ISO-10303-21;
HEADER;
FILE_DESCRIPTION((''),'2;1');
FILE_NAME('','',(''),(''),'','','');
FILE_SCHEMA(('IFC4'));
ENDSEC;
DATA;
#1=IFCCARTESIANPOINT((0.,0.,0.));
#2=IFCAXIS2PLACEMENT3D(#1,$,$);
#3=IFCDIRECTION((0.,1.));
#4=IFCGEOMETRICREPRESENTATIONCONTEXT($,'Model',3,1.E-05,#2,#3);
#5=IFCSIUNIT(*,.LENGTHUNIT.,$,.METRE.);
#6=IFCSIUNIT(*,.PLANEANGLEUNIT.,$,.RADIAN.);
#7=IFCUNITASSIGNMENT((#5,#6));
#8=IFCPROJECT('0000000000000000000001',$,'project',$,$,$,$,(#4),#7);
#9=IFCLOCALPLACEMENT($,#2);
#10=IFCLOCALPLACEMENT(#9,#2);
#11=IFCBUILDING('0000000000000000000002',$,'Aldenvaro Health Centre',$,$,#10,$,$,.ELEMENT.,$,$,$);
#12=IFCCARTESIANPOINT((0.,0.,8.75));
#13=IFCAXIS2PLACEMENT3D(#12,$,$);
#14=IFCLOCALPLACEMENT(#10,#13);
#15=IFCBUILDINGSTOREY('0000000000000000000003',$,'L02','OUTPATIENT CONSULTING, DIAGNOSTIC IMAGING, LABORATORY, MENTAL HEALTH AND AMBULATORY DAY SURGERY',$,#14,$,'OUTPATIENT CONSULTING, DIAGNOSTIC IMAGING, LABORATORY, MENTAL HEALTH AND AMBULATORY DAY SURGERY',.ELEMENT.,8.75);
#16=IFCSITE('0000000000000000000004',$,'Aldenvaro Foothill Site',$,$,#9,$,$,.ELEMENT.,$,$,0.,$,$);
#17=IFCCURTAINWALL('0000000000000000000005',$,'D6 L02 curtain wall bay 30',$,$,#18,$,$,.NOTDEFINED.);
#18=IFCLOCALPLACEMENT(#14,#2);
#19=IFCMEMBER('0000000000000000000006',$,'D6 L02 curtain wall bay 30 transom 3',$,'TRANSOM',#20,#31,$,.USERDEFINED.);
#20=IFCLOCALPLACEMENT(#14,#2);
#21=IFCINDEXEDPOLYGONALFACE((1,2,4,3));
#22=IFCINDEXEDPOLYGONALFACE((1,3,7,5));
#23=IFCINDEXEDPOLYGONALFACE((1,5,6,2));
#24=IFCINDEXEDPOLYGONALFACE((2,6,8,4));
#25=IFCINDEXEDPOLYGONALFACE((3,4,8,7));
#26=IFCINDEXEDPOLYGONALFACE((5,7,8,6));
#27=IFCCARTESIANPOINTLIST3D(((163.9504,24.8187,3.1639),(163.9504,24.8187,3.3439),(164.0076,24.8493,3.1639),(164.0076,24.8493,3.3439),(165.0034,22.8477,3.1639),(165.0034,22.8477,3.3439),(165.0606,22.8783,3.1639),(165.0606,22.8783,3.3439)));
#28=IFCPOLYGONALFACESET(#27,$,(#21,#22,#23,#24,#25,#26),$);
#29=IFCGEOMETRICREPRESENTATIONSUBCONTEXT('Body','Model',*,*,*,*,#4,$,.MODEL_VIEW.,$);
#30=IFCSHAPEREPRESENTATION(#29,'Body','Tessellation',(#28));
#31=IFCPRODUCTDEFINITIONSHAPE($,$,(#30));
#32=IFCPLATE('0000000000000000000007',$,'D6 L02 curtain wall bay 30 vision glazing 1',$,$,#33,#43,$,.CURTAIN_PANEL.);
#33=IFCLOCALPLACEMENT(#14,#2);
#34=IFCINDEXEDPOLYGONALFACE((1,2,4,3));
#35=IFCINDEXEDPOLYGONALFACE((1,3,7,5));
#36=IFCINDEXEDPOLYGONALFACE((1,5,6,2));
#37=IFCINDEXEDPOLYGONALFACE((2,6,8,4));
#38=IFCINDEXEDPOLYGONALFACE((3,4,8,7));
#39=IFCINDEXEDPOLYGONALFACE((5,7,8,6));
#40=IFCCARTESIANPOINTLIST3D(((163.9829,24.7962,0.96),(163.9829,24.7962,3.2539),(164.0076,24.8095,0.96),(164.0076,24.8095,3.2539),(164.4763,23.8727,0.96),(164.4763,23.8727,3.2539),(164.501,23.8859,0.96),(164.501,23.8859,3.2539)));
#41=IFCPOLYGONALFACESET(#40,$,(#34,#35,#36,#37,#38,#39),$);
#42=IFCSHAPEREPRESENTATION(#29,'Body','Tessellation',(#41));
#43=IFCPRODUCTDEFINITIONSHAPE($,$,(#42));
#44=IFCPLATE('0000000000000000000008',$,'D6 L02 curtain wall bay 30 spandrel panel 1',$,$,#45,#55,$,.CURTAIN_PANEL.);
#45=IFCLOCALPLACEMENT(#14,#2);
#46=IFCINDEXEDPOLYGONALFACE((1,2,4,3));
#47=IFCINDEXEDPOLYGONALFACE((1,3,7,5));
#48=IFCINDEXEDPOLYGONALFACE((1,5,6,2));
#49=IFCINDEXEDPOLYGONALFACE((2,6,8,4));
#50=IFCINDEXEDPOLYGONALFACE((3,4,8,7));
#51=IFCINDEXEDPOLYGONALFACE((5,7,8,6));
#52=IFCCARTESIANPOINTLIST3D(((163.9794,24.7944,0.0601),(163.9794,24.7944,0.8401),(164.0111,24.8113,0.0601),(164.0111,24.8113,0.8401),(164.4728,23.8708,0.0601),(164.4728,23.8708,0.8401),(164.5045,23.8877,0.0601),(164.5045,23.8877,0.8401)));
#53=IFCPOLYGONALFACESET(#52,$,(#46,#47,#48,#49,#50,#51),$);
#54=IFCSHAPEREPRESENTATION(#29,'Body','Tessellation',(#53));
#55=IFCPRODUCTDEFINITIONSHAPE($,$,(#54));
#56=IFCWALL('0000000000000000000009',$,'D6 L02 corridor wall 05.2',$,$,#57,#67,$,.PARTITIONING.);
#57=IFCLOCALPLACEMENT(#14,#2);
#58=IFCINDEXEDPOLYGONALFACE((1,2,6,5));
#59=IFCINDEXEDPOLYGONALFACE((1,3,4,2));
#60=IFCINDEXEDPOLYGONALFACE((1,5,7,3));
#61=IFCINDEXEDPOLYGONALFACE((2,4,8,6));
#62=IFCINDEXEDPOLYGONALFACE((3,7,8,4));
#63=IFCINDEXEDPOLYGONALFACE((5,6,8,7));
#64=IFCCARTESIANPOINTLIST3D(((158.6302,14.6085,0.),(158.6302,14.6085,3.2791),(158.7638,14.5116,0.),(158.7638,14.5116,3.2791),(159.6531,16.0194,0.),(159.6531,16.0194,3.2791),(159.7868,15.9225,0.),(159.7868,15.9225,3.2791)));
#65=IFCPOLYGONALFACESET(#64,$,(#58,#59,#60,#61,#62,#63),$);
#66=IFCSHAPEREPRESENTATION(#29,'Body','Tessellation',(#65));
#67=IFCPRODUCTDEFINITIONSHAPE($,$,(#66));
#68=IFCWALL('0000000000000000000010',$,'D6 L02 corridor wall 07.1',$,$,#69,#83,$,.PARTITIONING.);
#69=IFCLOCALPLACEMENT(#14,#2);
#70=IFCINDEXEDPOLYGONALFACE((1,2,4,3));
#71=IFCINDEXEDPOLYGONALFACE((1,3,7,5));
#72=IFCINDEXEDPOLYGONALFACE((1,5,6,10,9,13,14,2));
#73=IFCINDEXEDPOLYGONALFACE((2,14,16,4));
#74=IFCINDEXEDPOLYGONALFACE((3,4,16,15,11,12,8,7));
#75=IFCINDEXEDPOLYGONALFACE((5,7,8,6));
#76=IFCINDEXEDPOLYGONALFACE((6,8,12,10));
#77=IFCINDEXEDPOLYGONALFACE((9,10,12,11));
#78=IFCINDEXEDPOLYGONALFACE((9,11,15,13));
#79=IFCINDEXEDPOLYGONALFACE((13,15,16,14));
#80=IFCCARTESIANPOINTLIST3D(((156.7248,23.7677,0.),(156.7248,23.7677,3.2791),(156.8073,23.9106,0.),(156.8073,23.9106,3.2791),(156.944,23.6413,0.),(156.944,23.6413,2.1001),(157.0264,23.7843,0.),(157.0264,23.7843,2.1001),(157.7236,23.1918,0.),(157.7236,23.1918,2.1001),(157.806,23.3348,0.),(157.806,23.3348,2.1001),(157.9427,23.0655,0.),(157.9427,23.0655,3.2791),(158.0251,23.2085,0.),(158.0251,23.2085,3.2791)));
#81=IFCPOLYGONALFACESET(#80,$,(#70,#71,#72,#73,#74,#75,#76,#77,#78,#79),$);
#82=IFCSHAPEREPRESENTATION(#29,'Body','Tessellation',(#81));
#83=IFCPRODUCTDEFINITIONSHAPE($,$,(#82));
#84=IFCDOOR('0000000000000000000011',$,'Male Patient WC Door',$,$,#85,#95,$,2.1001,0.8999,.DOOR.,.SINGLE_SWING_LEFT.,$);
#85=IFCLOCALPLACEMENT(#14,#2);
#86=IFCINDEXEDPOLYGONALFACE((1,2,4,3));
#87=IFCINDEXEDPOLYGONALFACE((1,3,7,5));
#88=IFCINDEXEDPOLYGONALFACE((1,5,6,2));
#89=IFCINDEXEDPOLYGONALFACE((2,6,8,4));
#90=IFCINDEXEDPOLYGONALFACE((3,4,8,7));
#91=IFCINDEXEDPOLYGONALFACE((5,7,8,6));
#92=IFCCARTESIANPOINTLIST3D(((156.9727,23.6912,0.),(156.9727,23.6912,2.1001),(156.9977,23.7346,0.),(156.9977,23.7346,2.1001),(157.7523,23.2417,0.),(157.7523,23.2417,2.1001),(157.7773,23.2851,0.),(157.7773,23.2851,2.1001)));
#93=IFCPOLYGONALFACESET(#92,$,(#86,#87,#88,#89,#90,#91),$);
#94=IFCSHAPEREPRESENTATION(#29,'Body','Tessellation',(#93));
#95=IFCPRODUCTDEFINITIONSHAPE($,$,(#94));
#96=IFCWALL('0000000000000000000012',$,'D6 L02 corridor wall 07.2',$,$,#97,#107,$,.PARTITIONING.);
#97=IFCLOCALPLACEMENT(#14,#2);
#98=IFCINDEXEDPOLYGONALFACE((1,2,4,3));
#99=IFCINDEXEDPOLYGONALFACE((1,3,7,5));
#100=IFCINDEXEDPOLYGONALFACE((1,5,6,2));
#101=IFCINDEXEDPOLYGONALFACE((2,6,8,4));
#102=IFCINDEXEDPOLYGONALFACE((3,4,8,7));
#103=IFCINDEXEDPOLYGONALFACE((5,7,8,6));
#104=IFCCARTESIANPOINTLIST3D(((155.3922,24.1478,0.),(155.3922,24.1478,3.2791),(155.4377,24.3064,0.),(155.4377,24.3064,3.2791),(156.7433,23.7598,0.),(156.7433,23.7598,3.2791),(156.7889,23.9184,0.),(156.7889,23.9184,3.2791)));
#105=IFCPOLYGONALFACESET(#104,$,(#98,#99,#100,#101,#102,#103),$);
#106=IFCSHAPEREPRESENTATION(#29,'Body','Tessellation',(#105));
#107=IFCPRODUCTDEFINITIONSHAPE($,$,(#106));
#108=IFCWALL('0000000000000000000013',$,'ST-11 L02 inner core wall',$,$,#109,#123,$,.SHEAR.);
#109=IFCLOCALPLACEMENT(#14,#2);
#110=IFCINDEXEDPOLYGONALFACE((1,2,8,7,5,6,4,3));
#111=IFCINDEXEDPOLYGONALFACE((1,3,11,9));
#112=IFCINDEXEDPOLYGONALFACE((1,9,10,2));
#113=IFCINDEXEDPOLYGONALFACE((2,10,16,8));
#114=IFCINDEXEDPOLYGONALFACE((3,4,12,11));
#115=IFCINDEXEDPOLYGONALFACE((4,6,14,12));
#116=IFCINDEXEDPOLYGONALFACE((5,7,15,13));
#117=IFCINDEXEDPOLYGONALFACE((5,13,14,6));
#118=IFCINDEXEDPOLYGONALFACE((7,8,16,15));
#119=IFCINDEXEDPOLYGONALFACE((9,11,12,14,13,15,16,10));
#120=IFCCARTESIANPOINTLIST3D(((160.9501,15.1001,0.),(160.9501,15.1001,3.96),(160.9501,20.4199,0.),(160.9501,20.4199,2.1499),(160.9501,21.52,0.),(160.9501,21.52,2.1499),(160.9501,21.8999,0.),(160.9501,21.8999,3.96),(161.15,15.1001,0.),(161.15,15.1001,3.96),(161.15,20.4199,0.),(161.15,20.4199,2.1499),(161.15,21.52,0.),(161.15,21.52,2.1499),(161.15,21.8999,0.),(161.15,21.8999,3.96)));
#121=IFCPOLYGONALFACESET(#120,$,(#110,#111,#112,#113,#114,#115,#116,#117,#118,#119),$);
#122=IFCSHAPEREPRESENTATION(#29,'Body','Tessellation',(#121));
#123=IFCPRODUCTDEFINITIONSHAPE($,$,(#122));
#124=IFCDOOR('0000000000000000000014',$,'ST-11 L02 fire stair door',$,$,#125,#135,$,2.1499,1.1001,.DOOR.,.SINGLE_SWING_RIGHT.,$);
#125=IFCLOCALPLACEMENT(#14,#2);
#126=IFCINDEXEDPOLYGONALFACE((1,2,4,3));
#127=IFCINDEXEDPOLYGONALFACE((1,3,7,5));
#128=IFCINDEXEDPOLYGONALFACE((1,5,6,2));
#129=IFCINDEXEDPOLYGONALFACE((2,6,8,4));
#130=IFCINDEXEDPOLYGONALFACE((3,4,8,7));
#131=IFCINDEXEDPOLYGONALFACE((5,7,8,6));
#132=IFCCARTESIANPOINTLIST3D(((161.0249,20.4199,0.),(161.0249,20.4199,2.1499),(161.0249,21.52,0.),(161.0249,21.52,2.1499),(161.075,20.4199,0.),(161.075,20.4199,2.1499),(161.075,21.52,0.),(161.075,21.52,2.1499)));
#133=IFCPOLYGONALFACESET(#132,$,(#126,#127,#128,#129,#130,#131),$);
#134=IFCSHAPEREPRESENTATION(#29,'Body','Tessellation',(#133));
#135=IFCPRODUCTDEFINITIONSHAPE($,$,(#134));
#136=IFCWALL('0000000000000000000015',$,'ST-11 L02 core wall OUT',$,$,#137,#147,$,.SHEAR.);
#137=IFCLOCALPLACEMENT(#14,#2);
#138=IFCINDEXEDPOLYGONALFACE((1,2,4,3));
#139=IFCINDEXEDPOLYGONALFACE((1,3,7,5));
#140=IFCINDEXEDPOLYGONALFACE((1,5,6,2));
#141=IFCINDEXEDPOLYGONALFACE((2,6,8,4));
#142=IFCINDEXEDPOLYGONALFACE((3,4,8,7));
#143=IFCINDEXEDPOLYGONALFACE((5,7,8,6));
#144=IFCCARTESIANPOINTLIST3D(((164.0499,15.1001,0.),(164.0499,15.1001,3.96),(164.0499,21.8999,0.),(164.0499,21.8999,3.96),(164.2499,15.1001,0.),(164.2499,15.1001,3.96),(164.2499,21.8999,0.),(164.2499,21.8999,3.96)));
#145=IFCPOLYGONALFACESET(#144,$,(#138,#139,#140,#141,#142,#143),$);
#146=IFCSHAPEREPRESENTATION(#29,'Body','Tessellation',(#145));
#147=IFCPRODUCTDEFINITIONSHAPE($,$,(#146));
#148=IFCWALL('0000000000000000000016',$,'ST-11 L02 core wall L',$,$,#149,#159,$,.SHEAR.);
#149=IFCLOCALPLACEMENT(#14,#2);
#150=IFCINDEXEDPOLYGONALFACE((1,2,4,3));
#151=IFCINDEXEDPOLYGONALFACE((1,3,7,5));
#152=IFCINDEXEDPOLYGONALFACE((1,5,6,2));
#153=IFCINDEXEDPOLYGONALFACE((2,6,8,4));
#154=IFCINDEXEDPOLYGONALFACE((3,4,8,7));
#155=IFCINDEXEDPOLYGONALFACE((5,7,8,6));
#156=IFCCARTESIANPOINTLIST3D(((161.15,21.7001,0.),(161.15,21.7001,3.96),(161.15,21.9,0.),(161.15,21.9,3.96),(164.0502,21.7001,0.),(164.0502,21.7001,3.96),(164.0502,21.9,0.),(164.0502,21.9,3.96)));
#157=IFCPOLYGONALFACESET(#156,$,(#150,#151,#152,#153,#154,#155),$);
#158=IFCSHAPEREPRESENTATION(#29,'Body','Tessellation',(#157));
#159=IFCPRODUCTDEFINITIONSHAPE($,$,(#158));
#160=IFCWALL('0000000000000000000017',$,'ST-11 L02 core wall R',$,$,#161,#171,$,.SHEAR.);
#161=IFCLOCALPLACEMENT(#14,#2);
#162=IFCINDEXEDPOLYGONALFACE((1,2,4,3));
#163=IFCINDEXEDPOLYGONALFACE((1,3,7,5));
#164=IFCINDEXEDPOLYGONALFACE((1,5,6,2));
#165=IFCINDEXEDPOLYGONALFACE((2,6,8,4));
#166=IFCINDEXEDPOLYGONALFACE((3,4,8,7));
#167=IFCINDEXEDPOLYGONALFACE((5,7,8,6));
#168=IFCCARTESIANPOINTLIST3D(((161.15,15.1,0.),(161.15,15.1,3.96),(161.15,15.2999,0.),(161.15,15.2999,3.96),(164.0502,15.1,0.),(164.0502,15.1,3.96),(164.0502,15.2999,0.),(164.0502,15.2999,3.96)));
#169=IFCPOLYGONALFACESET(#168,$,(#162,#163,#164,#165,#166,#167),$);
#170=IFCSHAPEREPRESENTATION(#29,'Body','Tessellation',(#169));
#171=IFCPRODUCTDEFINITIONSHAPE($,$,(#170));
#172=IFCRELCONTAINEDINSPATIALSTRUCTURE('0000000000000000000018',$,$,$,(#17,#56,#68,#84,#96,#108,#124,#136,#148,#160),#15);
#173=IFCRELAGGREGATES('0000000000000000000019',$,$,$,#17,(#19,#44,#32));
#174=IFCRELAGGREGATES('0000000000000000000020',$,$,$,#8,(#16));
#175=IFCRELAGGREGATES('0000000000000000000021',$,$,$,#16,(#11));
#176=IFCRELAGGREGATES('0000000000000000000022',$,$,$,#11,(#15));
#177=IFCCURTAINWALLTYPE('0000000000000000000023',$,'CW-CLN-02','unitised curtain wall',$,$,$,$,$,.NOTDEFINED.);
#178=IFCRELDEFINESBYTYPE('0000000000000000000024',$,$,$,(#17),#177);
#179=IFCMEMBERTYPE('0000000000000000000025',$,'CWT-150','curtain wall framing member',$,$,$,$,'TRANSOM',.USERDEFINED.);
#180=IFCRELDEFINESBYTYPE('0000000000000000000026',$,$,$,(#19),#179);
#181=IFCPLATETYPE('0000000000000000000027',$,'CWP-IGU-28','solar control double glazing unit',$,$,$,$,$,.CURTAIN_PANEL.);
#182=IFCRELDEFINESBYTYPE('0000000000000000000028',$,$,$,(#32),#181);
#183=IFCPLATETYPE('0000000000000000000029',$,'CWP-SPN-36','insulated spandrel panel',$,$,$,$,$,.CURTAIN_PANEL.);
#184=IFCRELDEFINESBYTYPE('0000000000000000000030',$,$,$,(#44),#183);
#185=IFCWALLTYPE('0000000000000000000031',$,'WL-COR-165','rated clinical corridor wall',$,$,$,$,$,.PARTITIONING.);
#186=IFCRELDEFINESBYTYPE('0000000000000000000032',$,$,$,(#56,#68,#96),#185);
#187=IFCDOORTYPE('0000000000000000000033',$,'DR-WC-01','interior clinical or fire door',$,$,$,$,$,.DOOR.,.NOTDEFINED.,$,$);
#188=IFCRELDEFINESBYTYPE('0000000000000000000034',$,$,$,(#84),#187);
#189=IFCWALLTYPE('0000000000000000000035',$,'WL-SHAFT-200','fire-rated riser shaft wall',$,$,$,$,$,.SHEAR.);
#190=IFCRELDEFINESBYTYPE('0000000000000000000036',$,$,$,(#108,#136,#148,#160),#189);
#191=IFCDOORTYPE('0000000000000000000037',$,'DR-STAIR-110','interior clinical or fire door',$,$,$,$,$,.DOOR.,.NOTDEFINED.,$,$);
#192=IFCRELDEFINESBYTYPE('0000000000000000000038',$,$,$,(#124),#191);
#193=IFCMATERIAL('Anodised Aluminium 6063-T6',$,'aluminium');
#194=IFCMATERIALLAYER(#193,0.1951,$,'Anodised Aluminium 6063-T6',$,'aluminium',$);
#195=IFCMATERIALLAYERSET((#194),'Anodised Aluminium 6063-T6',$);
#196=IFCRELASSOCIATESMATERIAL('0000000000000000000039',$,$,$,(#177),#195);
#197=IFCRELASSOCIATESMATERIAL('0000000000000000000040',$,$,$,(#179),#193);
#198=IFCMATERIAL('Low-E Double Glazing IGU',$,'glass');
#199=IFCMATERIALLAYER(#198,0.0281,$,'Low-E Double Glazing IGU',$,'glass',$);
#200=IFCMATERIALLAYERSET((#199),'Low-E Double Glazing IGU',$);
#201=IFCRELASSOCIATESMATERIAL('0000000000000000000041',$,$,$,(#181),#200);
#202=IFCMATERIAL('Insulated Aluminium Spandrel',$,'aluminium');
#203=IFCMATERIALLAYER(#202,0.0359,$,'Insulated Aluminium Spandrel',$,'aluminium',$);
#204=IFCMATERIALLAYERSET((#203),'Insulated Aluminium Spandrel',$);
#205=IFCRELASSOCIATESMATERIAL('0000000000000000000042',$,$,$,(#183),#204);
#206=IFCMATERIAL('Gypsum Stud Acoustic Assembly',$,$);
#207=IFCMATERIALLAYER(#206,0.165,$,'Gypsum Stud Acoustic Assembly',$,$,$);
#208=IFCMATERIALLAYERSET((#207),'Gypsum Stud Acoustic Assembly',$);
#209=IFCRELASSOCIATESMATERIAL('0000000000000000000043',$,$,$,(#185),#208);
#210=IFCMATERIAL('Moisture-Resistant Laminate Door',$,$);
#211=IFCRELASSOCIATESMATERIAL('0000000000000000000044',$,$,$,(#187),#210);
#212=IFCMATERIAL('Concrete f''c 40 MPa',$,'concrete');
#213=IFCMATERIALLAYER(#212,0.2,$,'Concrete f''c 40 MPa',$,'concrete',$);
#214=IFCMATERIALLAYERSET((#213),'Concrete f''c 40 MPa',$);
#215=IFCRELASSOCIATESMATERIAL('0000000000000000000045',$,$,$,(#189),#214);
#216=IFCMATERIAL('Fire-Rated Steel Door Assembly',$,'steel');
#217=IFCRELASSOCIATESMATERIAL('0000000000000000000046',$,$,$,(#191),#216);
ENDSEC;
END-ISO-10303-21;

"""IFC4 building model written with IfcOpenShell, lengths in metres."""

from ifc_helpers import new_model, si_unit, direction, frame, frame_2d, origin, origin_2d, place, context, subcontext, project, spatial, rectangle, extrude, material, layer, layer_set, material_profile, profile_set, type_object, element, fill, aggregate, save


model = new_model("IFC4")

# Units and contexts
model_context = context("Model", 3, precision=1e-05, world=origin(), true_north=direction((0.0, 1.0)))
body_context = subcontext(model_context, "Body", "Model", "MODEL_VIEW")
ifc_project = project(units=[si_unit("LENGTHUNIT", "METRE"), si_unit("PLANEANGLEUNIT", "RADIAN")], contexts=[model_context])

# Site, building, storey
site_placement = place(None, origin())
site = spatial("IfcSite", under=ifc_project, at=site_placement, Name="Aldenvaro Foothill Site", CompositionType="ELEMENT", RefElevation=0.0)
building_placement = place(site_placement, origin())
building = spatial("IfcBuilding", under=site, at=building_placement, Name="Aldenvaro Health Centre", CompositionType="ELEMENT")
storey_placement = place(building_placement, frame((0.0, 0.0, 8.75)))
storey = spatial("IfcBuildingStorey", under=building, at=storey_placement, Name="L02", Description="OUTPATIENT CONSULTING, DIAGNOSTIC IMAGING, LABORATORY, MENTAL HEALTH AND AMBULATORY DAY SURGERY", LongName="OUTPATIENT CONSULTING, DIAGNOSTIC IMAGING, LABORATORY, MENTAL HEALTH AND AMBULATORY DAY SURGERY", CompositionType="ELEMENT", Elevation=8.75)

# Curtain wall, member, plates
ifc_material_1 = material(Name="Anodised Aluminium 6063-T6", Category="aluminium")
ifc_layer_1 = layer(ifc_material_1, 0.1951, Name="Anodised Aluminium 6063-T6", Category="aluminium")
ifc_layer_set_1 = layer_set([ifc_layer_1], Name="Anodised Aluminium 6063-T6")
curtain_wall_type = type_object("IfcCurtainWallType", Name="CW-CLN-02", Description="unitised curtain wall", PredefinedType="NOTDEFINED", material=ifc_layer_set_1)
curtain_wall_placement = place(storey_placement, origin())
curtain_wall = element("IfcCurtainWall", 1, at=curtain_wall_placement, inside=storey, type_object=curtain_wall_type, Name="D6 L02 curtain wall bay 30", PredefinedType="NOTDEFINED")
ifc_material_profile_1 = material_profile(ifc_material_1, rectangle(XDim=0.0649, YDim=0.1799, at=origin_2d()), Name="ALU 65x180", Category="aluminium")
ifc_profile_set_1 = profile_set([ifc_material_profile_1], Name="Anodised Aluminium 6063-T6")
member_type_1 = type_object("IfcMemberType", Name="CWT-150", Description="curtain wall framing member", ElementType="TRANSOM", PredefinedType="USERDEFINED", material=ifc_profile_set_1)
member_1_placement = place(storey_placement, frame((163.979, 24.834, 3.2539), z_axis=(0.471218, -0.882017, 0.0), x_axis=(0.882017, 0.471218, 0.0)))
member_1 = element("IfcMember", 2, at=member_1_placement, type_object=member_type_1, Name="D6 L02 curtain wall bay 30 transom 3", ObjectType="TRANSOM", PredefinedType="USERDEFINED", context=body_context, shape_type="SweptSolid", body=[
    extrude(rectangle(XDim=0.0649, YDim=0.1799, at=origin_2d()), origin(), (0.0, 0.0, 1.0), 2.2346),
])
ifc_material_2 = material(Name="Low-E Double Glazing IGU", Category="glass")
ifc_layer_2 = layer(ifc_material_2, 0.0281, Name="Low-E Double Glazing IGU", Category="glass")
ifc_layer_set_2 = layer_set([ifc_layer_2], Name="Low-E Double Glazing IGU")
plate_type_1 = type_object("IfcPlateType", Name="CWP-IGU-28", Description="solar control double glazing unit", PredefinedType="CURTAIN_PANEL", material=ifc_layer_set_2)
plate_1_placement = place(storey_placement, frame((164.2419, 24.3411, 0.96), z_axis=(0.0, 0.0, 1.0), x_axis=(0.471215, -0.882018, 0.0)))
plate_1 = element("IfcPlate", 3, at=plate_1_placement, type_object=plate_type_1, Name="D6 L02 curtain wall bay 30 vision glazing 1", PredefinedType="CURTAIN_PANEL", context=body_context, shape_type="SweptSolid", body=[
    extrude(rectangle(XDim=1.0471, YDim=0.0281, at=origin_2d()), origin(), (0.0, 0.0, 1.0), 2.2939),
])
ifc_material_3 = material(Name="Insulated Aluminium Spandrel", Category="aluminium")
ifc_layer_3 = layer(ifc_material_3, 0.0359, Name="Insulated Aluminium Spandrel", Category="aluminium")
ifc_layer_set_3 = layer_set([ifc_layer_3], Name="Insulated Aluminium Spandrel")
plate_type_2 = type_object("IfcPlateType", Name="CWP-SPN-36", Description="insulated spandrel panel", PredefinedType="CURTAIN_PANEL", material=ifc_layer_set_3)
plate_2_placement = place(storey_placement, frame((164.2419, 24.3411, 0.0601), z_axis=(0.0, 0.0, 1.0), x_axis=(0.471215, -0.882018, 0.0)))
plate_2 = element("IfcPlate", 4, at=plate_2_placement, type_object=plate_type_2, Name="D6 L02 curtain wall bay 30 spandrel panel 1", PredefinedType="CURTAIN_PANEL", context=body_context, shape_type="SweptSolid", body=[
    extrude(rectangle(XDim=1.0471, YDim=0.0359, at=origin_2d()), origin(), (0.0, 0.0, 1.0), 0.78),
])
aggregate(curtain_wall, [member_1, plate_2, plate_1])

# Wall
ifc_material_4 = material(Name="Gypsum Stud Acoustic Assembly")
ifc_layer_4 = layer(ifc_material_4, 0.165, Name="Gypsum Stud Acoustic Assembly")
ifc_layer_set_4 = layer_set([ifc_layer_4], Name="Gypsum Stud Acoustic Assembly")
wall_type_1 = type_object("IfcWallType", Name="WL-COR-165", Description="rated clinical corridor wall", PredefinedType="PARTITIONING", material=ifc_layer_set_4)
wall_1_placement = place(storey_placement, frame((158.697, 14.5601, 0.0), z_axis=(0.0, 0.0, 1.0), x_axis=(0.586988, 0.809595, 0.0)))
element("IfcWall", 5, at=wall_1_placement, inside=storey, type_object=wall_type_1, Name="D6 L02 corridor wall 05.2", PredefinedType="PARTITIONING", context=body_context, shape_type="SweptSolid", body=[
    extrude(rectangle(XDim=1.7427, YDim=0.165, at=frame_2d((0.8713, 0.0))), origin(), (0.0, 0.0, 1.0), 3.2791),
])

# Wall, opening, door
wall_2_placement = place(storey_placement, frame((157.9839, 23.137, 0.0), z_axis=(0.0, 0.0, 1.0), x_axis=(-0.866313, 0.499502, 0.0)))
wall_2 = element("IfcWall", 6, at=wall_2_placement, inside=storey, type_object=wall_type_1, Name="D6 L02 corridor wall 07.1", PredefinedType="PARTITIONING", context=body_context, shape_type="SweptSolid", body=[
    extrude(rectangle(XDim=1.4058, YDim=0.165, at=frame_2d((0.7029, 0.0))), origin(), (0.0, 0.0, 1.0), 3.2791),
])
opening_1_placement = place(wall_2_placement, frame((0.2529, 0.0, 0.0)))
opening_1 = element("IfcOpeningElement", 7, at=opening_1_placement, cuts=wall_2, PredefinedType="OPENING", context=body_context, shape_type="SweptSolid", body=[
    extrude(rectangle(XDim=0.8999, YDim=2.1001, at=frame_2d((0.45, 1.05))), frame((0.0, 0.0925, 0.0), z_axis=(0.0, -1.0, 0.0), x_axis=(1.0, 0.0, 0.0)), (0.0, 0.0, 1.0), 0.1851),
])
ifc_material_5 = material(Name="Moisture-Resistant Laminate Door")
door_type_1 = type_object("IfcDoorType", Name="DR-WC-01", Description="interior clinical or fire door", OperationType="NOTDEFINED", PredefinedType="DOOR", material=ifc_material_5)
door_1_placement = place(opening_1_placement, origin())
door_1 = element("IfcDoor", 8, at=door_1_placement, inside=storey, type_object=door_type_1, Name="Male Patient WC Door", OperationType="SINGLE_SWING_LEFT", OverallHeight=2.1001, OverallWidth=0.8999, PredefinedType="DOOR", context=body_context, shape_type="SweptSolid", body=[
    extrude(rectangle(XDim=0.8999, YDim=2.1001, at=frame_2d((0.45, 1.05))), frame((0.0, 0.0249, 0.0), z_axis=(0.0, -1.0, 0.0), x_axis=(1.0, 0.0, 0.0)), (0.0, 0.0, 1.0), 0.05),
])
fill(opening_1, door_1)

# Wall
wall_3_placement = place(storey_placement, frame((156.7661, 23.8391, 0.0), z_axis=(0.0, 0.0, 1.0), x_axis=(-0.961163, 0.275983, 0.0)))
element("IfcWall", 9, at=wall_3_placement, inside=storey, type_object=wall_type_1, Name="D6 L02 corridor wall 07.2", PredefinedType="PARTITIONING", context=body_context, shape_type="SweptSolid", body=[
    extrude(rectangle(XDim=1.4058, YDim=0.165, at=frame_2d((0.7029, 0.0))), origin(), (0.0, 0.0, 1.0), 3.2791),
])

# Wall, opening, door
ifc_material_6 = material(Name="Concrete f'c 40 MPa", Category="concrete")
ifc_layer_5 = layer(ifc_material_6, 0.2, Name="Concrete f'c 40 MPa", Category="concrete")
ifc_layer_set_5 = layer_set([ifc_layer_5], Name="Concrete f'c 40 MPa")
wall_type_2 = type_object("IfcWallType", Name="WL-SHAFT-200", Description="fire-rated riser shaft wall", PredefinedType="SHEAR", material=ifc_layer_set_5)
wall_4_placement = place(storey_placement, frame((161.05, 21.8999, 0.0), z_axis=(0.0, 0.0, 1.0), x_axis=(0.0, -1.0, 0.0)))
wall_4 = element("IfcWall", 10, at=wall_4_placement, inside=storey, type_object=wall_type_2, Name="ST-11 L02 inner core wall", PredefinedType="SHEAR", context=body_context, shape_type="SweptSolid", body=[
    extrude(rectangle(XDim=6.7998, YDim=0.2, at=frame_2d((3.3999, 0.0))), origin(), (0.0, 0.0, 1.0), 3.96),
])
opening_2_placement = place(wall_4_placement, frame((0.3799, 0.0, 0.0)))
opening_2 = element("IfcOpeningElement", 11, at=opening_2_placement, cuts=wall_4, PredefinedType="OPENING", context=body_context, shape_type="SweptSolid", body=[
    extrude(rectangle(XDim=1.1001, YDim=2.1499, at=frame_2d((0.55, 1.075))), frame((0.0, 0.1099, 0.0), z_axis=(0.0, -1.0, 0.0), x_axis=(1.0, 0.0, 0.0)), (0.0, 0.0, 1.0), 0.22),
])
ifc_material_7 = material(Name="Fire-Rated Steel Door Assembly", Category="steel")
door_type_2 = type_object("IfcDoorType", Name="DR-STAIR-110", Description="interior clinical or fire door", OperationType="NOTDEFINED", PredefinedType="DOOR", material=ifc_material_7)
door_2_placement = place(opening_2_placement, origin())
door_2 = element("IfcDoor", 12, at=door_2_placement, inside=storey, type_object=door_type_2, Name="ST-11 L02 fire stair door", OperationType="SINGLE_SWING_RIGHT", OverallHeight=2.1499, OverallWidth=1.1001, PredefinedType="DOOR", context=body_context, shape_type="SweptSolid", body=[
    extrude(rectangle(XDim=1.1001, YDim=2.1499, at=frame_2d((0.55, 1.075))), frame((0.0, 0.0249, 0.0), z_axis=(0.0, -1.0, 0.0), x_axis=(1.0, 0.0, 0.0)), (0.0, 0.0, 1.0), 0.05),
])
fill(opening_2, door_2)

# Walls
wall_5_placement = place(storey_placement, frame((164.1499, 21.8999, 0.0), z_axis=(0.0, 0.0, 1.0), x_axis=(0.0, -1.0, 0.0)))
element("IfcWall", 13, at=wall_5_placement, inside=storey, type_object=wall_type_2, Name="ST-11 L02 core wall OUT", PredefinedType="SHEAR", context=body_context, shape_type="SweptSolid", body=[
    extrude(rectangle(XDim=6.7998, YDim=0.2, at=frame_2d((3.3999, 0.0))), origin(), (0.0, 0.0, 1.0), 3.96),
])
for number, where, z_axis, x_axis, name in (
    (14, (161.1499, 21.8, 0.0), (0.0, 0.0, 1.0), (1.0, 0.0, 0.0), "ST-11 L02 core wall L"),
    (15, (161.1499, 15.2, 0.0), (0.0, 0.0, 1.0), (1.0, 0.0, 0.0), "ST-11 L02 core wall R"),
):
    element("IfcWall", number, at=place(storey_placement, frame(where, z_axis=z_axis, x_axis=x_axis)), inside=storey, type_object=wall_type_2, Name=name, PredefinedType="SHEAR", context=body_context, shape_type="SweptSolid", body=[
        extrude(rectangle(XDim=2.9001, YDim=0.2, at=frame_2d((1.4502, 0.0))), origin(), (0.0, 0.0, 1.0), 3.96),
    ])

save(model, "model.ifc")
